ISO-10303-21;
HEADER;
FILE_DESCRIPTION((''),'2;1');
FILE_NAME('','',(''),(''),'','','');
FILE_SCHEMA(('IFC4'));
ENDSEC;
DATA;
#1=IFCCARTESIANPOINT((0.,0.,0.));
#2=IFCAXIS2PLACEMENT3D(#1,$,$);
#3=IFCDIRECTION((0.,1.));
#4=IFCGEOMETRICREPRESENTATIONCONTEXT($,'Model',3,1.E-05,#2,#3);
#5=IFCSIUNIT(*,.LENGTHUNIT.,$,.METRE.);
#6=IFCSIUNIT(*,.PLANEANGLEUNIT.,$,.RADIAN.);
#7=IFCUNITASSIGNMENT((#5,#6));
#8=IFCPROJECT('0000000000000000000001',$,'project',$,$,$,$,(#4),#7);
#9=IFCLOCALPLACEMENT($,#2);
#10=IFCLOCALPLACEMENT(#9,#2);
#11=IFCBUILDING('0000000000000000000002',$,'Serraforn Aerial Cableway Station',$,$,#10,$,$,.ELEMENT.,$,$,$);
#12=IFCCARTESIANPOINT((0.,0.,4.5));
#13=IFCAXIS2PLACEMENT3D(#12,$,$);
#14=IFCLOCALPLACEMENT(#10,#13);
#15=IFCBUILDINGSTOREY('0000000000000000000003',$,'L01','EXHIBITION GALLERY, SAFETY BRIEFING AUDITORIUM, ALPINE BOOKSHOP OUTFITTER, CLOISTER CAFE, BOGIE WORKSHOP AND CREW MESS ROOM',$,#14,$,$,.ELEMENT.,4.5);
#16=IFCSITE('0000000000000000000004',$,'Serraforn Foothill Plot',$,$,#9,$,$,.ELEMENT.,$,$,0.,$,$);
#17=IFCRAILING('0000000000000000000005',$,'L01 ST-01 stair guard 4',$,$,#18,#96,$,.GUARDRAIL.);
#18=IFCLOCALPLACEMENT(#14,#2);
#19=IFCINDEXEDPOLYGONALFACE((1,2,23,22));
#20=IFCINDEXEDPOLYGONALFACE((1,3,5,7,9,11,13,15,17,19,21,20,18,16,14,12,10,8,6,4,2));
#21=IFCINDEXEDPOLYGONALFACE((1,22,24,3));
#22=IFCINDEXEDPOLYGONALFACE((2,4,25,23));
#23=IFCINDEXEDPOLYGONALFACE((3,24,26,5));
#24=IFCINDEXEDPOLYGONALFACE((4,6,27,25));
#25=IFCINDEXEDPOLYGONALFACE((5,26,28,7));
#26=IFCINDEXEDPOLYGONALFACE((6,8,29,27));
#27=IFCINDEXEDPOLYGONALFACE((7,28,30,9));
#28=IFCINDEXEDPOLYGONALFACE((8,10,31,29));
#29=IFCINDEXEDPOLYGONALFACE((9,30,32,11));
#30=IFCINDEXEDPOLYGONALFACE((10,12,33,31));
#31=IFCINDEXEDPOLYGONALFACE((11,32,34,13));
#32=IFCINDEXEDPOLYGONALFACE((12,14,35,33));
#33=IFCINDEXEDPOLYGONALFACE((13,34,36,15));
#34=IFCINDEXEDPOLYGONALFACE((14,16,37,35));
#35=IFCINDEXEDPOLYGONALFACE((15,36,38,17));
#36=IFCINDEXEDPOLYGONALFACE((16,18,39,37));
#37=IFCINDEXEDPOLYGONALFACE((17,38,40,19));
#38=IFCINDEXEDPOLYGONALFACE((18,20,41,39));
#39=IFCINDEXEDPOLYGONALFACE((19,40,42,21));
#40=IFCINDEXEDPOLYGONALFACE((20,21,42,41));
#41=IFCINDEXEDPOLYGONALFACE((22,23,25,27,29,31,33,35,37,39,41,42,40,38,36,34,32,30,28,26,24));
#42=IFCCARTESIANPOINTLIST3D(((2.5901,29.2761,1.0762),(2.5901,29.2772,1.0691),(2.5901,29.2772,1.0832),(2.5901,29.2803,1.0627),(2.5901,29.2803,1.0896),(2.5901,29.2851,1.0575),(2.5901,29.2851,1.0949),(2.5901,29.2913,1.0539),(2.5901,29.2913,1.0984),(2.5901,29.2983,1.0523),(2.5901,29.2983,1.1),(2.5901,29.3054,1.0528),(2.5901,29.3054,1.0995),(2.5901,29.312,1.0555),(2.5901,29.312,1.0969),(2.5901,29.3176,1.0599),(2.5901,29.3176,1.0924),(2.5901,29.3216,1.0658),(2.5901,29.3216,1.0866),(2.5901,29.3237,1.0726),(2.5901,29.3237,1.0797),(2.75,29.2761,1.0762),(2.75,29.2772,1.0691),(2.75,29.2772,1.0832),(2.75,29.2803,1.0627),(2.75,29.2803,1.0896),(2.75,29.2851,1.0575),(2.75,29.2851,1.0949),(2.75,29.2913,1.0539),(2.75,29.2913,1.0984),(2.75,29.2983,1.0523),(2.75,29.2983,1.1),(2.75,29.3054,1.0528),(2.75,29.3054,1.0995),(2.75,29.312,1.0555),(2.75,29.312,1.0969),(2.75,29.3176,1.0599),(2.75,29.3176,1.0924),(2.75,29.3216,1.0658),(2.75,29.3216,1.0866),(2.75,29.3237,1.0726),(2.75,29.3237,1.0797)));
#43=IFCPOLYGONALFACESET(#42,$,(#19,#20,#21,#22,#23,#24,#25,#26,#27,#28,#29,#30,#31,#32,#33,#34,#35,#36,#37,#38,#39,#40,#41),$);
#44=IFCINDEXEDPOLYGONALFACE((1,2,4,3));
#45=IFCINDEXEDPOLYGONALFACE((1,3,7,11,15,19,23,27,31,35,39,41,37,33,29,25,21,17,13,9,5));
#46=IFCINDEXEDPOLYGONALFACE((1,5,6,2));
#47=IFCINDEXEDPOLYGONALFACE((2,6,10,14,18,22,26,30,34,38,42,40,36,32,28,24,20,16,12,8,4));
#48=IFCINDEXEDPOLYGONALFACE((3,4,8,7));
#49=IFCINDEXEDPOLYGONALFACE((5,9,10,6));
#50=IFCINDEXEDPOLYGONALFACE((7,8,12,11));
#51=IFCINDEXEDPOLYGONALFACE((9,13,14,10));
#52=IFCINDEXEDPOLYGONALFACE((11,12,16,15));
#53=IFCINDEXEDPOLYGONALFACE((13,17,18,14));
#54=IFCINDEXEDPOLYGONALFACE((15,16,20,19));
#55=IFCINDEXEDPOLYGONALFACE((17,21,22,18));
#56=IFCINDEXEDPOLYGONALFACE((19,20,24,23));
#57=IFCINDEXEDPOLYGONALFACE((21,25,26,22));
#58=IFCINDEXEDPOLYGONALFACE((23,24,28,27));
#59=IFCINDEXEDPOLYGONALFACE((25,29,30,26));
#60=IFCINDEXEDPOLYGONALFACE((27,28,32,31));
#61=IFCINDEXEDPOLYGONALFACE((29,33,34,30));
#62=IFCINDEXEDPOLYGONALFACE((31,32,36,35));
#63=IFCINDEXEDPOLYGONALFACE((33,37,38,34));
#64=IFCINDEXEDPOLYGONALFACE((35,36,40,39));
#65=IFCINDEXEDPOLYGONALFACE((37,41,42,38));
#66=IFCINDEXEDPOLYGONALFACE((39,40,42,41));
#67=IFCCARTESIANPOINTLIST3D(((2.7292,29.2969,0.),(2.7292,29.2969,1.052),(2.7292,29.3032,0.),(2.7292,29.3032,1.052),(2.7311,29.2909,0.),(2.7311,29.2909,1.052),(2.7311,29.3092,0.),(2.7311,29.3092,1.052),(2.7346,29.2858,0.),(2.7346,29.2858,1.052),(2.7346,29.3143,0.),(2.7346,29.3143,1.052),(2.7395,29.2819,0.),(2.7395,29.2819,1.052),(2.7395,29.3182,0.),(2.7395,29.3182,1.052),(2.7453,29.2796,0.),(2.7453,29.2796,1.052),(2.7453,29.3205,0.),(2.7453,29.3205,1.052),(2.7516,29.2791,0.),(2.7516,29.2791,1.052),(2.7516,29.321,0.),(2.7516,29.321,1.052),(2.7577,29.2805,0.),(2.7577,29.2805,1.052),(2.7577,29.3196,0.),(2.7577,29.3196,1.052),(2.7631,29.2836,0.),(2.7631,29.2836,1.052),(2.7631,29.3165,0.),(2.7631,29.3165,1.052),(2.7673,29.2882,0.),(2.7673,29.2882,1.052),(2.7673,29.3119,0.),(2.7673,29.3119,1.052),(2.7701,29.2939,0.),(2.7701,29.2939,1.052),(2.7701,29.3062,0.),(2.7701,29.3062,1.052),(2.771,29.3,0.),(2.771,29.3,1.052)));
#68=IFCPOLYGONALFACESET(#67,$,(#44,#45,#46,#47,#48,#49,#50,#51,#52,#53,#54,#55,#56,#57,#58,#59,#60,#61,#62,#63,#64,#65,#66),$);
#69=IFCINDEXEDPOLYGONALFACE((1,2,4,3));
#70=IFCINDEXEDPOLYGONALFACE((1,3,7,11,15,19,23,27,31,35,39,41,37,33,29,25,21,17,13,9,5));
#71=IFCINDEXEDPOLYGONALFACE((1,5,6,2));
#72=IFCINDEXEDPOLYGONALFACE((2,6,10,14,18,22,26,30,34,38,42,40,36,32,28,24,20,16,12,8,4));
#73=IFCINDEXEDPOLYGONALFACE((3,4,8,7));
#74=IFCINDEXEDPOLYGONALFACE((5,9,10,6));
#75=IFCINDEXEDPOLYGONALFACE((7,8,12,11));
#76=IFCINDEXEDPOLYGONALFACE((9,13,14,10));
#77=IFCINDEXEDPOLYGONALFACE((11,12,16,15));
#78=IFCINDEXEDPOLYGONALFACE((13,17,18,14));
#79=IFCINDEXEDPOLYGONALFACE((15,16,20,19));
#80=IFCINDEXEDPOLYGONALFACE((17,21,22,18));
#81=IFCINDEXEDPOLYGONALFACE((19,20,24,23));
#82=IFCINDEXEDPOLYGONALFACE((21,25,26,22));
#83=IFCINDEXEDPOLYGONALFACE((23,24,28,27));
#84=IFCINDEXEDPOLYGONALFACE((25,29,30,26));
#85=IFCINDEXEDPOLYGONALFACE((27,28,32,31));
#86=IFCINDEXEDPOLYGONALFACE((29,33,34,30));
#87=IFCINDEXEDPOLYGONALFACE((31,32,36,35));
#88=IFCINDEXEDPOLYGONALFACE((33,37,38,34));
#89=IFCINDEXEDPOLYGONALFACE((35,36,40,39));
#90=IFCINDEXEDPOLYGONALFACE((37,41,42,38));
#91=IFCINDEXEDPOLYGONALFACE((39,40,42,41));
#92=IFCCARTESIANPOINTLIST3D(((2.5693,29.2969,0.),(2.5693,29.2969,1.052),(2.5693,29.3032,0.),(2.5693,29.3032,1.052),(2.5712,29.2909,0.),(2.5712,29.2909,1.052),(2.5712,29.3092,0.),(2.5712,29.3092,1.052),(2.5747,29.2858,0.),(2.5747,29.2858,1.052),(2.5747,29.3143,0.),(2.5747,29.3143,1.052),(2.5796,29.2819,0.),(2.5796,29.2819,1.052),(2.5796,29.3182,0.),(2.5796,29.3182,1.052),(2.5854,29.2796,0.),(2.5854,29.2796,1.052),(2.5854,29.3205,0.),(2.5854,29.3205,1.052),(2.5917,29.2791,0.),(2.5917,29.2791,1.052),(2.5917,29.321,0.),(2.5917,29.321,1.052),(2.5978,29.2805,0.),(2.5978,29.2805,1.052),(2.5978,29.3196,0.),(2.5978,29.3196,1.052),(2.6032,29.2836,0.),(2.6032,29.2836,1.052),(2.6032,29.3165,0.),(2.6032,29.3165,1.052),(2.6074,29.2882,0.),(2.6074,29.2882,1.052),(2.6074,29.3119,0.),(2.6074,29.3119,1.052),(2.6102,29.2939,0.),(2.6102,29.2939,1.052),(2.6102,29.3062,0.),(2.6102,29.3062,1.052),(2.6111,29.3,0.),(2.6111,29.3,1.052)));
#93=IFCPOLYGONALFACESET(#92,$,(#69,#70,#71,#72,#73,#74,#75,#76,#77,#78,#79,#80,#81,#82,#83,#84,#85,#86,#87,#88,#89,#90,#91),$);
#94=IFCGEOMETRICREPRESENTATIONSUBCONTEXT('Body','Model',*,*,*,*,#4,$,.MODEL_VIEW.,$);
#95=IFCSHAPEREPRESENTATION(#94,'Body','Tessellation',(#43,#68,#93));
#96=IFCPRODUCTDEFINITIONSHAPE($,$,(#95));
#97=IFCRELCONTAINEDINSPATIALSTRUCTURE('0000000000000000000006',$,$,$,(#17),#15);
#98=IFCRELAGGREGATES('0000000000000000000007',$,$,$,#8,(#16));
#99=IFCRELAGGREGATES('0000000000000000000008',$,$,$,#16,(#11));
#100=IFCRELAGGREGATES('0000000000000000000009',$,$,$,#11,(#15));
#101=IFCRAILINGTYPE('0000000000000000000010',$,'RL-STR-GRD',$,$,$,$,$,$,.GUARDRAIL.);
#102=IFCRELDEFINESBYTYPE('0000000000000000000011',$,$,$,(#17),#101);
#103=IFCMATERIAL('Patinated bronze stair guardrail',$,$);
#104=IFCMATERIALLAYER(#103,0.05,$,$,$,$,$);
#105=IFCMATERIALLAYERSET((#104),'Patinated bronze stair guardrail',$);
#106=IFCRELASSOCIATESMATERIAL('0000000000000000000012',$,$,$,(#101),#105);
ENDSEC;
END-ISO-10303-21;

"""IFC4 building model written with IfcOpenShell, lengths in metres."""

from ifc_helpers import new_model, si_unit, direction, frame, origin, origin_2d, place, context, subcontext, project, spatial, circle, extrude, material, layer, layer_set, type_object, element, save


model = new_model("IFC4")

# Units and contexts
model_context = context("Model", 3, precision=1e-05, world=origin(), true_north=direction((0.0, 1.0)))
body_context = subcontext(model_context, "Body", "Model", "MODEL_VIEW")
ifc_project = project(units=[si_unit("LENGTHUNIT", "METRE"), si_unit("PLANEANGLEUNIT", "RADIAN")], contexts=[model_context])

# Site, building, storey
site_placement = place(None, origin())
site = spatial("IfcSite", under=ifc_project, at=site_placement, Name="Serraforn Foothill Plot", CompositionType="ELEMENT", RefElevation=0.0)
building_placement = place(site_placement, origin())
building = spatial("IfcBuilding", under=site, at=building_placement, Name="Serraforn Aerial Cableway Station", CompositionType="ELEMENT")
storey_placement = place(building_placement, frame((0.0, 0.0, 4.5)))
storey = spatial("IfcBuildingStorey", under=building, at=storey_placement, Name="L01", Description="EXHIBITION GALLERY, SAFETY BRIEFING AUDITORIUM, ALPINE BOOKSHOP OUTFITTER, CLOISTER CAFE, BOGIE WORKSHOP AND CREW MESS ROOM", CompositionType="ELEMENT", Elevation=4.5)

# Railing
ifc_material_1 = material(Name="Patinated bronze stair guardrail")
ifc_layer_1 = layer(ifc_material_1, 0.05)
ifc_layer_set_1 = layer_set([ifc_layer_1], Name="Patinated bronze stair guardrail")
railing_type_1 = type_object("IfcRailingType", Name="RL-STR-GRD", PredefinedType="GUARDRAIL", material=ifc_layer_set_1)
railing_1_placement = place(storey_placement, frame((2.75, 29.3, 0.0)))
element("IfcRailing", 1, at=railing_1_placement, inside=storey, type_object=railing_type_1, Name="L01 ST-01 stair guard 4", PredefinedType="GUARDRAIL", context=body_context, shape_type="SweptSolid", body=[
    extrude(circle(Radius=0.0239, at=origin_2d()), frame((0.0, 0.0, 1.0762), z_axis=(-1.0, 0.0, 0.0), x_axis=(0.0, -1.0, 0.0)), (0.0, 0.0, 1.0), 0.1599),
    extrude(circle(Radius=0.021, at=origin_2d()), origin(), (0.0, 0.0, 1.0), 1.052),
    extrude(circle(Radius=0.021, at=origin_2d()), frame((-0.1599, 0.0, 0.0)), (0.0, 0.0, 1.0), 1.052),
])

save(model, "model.ifc")
